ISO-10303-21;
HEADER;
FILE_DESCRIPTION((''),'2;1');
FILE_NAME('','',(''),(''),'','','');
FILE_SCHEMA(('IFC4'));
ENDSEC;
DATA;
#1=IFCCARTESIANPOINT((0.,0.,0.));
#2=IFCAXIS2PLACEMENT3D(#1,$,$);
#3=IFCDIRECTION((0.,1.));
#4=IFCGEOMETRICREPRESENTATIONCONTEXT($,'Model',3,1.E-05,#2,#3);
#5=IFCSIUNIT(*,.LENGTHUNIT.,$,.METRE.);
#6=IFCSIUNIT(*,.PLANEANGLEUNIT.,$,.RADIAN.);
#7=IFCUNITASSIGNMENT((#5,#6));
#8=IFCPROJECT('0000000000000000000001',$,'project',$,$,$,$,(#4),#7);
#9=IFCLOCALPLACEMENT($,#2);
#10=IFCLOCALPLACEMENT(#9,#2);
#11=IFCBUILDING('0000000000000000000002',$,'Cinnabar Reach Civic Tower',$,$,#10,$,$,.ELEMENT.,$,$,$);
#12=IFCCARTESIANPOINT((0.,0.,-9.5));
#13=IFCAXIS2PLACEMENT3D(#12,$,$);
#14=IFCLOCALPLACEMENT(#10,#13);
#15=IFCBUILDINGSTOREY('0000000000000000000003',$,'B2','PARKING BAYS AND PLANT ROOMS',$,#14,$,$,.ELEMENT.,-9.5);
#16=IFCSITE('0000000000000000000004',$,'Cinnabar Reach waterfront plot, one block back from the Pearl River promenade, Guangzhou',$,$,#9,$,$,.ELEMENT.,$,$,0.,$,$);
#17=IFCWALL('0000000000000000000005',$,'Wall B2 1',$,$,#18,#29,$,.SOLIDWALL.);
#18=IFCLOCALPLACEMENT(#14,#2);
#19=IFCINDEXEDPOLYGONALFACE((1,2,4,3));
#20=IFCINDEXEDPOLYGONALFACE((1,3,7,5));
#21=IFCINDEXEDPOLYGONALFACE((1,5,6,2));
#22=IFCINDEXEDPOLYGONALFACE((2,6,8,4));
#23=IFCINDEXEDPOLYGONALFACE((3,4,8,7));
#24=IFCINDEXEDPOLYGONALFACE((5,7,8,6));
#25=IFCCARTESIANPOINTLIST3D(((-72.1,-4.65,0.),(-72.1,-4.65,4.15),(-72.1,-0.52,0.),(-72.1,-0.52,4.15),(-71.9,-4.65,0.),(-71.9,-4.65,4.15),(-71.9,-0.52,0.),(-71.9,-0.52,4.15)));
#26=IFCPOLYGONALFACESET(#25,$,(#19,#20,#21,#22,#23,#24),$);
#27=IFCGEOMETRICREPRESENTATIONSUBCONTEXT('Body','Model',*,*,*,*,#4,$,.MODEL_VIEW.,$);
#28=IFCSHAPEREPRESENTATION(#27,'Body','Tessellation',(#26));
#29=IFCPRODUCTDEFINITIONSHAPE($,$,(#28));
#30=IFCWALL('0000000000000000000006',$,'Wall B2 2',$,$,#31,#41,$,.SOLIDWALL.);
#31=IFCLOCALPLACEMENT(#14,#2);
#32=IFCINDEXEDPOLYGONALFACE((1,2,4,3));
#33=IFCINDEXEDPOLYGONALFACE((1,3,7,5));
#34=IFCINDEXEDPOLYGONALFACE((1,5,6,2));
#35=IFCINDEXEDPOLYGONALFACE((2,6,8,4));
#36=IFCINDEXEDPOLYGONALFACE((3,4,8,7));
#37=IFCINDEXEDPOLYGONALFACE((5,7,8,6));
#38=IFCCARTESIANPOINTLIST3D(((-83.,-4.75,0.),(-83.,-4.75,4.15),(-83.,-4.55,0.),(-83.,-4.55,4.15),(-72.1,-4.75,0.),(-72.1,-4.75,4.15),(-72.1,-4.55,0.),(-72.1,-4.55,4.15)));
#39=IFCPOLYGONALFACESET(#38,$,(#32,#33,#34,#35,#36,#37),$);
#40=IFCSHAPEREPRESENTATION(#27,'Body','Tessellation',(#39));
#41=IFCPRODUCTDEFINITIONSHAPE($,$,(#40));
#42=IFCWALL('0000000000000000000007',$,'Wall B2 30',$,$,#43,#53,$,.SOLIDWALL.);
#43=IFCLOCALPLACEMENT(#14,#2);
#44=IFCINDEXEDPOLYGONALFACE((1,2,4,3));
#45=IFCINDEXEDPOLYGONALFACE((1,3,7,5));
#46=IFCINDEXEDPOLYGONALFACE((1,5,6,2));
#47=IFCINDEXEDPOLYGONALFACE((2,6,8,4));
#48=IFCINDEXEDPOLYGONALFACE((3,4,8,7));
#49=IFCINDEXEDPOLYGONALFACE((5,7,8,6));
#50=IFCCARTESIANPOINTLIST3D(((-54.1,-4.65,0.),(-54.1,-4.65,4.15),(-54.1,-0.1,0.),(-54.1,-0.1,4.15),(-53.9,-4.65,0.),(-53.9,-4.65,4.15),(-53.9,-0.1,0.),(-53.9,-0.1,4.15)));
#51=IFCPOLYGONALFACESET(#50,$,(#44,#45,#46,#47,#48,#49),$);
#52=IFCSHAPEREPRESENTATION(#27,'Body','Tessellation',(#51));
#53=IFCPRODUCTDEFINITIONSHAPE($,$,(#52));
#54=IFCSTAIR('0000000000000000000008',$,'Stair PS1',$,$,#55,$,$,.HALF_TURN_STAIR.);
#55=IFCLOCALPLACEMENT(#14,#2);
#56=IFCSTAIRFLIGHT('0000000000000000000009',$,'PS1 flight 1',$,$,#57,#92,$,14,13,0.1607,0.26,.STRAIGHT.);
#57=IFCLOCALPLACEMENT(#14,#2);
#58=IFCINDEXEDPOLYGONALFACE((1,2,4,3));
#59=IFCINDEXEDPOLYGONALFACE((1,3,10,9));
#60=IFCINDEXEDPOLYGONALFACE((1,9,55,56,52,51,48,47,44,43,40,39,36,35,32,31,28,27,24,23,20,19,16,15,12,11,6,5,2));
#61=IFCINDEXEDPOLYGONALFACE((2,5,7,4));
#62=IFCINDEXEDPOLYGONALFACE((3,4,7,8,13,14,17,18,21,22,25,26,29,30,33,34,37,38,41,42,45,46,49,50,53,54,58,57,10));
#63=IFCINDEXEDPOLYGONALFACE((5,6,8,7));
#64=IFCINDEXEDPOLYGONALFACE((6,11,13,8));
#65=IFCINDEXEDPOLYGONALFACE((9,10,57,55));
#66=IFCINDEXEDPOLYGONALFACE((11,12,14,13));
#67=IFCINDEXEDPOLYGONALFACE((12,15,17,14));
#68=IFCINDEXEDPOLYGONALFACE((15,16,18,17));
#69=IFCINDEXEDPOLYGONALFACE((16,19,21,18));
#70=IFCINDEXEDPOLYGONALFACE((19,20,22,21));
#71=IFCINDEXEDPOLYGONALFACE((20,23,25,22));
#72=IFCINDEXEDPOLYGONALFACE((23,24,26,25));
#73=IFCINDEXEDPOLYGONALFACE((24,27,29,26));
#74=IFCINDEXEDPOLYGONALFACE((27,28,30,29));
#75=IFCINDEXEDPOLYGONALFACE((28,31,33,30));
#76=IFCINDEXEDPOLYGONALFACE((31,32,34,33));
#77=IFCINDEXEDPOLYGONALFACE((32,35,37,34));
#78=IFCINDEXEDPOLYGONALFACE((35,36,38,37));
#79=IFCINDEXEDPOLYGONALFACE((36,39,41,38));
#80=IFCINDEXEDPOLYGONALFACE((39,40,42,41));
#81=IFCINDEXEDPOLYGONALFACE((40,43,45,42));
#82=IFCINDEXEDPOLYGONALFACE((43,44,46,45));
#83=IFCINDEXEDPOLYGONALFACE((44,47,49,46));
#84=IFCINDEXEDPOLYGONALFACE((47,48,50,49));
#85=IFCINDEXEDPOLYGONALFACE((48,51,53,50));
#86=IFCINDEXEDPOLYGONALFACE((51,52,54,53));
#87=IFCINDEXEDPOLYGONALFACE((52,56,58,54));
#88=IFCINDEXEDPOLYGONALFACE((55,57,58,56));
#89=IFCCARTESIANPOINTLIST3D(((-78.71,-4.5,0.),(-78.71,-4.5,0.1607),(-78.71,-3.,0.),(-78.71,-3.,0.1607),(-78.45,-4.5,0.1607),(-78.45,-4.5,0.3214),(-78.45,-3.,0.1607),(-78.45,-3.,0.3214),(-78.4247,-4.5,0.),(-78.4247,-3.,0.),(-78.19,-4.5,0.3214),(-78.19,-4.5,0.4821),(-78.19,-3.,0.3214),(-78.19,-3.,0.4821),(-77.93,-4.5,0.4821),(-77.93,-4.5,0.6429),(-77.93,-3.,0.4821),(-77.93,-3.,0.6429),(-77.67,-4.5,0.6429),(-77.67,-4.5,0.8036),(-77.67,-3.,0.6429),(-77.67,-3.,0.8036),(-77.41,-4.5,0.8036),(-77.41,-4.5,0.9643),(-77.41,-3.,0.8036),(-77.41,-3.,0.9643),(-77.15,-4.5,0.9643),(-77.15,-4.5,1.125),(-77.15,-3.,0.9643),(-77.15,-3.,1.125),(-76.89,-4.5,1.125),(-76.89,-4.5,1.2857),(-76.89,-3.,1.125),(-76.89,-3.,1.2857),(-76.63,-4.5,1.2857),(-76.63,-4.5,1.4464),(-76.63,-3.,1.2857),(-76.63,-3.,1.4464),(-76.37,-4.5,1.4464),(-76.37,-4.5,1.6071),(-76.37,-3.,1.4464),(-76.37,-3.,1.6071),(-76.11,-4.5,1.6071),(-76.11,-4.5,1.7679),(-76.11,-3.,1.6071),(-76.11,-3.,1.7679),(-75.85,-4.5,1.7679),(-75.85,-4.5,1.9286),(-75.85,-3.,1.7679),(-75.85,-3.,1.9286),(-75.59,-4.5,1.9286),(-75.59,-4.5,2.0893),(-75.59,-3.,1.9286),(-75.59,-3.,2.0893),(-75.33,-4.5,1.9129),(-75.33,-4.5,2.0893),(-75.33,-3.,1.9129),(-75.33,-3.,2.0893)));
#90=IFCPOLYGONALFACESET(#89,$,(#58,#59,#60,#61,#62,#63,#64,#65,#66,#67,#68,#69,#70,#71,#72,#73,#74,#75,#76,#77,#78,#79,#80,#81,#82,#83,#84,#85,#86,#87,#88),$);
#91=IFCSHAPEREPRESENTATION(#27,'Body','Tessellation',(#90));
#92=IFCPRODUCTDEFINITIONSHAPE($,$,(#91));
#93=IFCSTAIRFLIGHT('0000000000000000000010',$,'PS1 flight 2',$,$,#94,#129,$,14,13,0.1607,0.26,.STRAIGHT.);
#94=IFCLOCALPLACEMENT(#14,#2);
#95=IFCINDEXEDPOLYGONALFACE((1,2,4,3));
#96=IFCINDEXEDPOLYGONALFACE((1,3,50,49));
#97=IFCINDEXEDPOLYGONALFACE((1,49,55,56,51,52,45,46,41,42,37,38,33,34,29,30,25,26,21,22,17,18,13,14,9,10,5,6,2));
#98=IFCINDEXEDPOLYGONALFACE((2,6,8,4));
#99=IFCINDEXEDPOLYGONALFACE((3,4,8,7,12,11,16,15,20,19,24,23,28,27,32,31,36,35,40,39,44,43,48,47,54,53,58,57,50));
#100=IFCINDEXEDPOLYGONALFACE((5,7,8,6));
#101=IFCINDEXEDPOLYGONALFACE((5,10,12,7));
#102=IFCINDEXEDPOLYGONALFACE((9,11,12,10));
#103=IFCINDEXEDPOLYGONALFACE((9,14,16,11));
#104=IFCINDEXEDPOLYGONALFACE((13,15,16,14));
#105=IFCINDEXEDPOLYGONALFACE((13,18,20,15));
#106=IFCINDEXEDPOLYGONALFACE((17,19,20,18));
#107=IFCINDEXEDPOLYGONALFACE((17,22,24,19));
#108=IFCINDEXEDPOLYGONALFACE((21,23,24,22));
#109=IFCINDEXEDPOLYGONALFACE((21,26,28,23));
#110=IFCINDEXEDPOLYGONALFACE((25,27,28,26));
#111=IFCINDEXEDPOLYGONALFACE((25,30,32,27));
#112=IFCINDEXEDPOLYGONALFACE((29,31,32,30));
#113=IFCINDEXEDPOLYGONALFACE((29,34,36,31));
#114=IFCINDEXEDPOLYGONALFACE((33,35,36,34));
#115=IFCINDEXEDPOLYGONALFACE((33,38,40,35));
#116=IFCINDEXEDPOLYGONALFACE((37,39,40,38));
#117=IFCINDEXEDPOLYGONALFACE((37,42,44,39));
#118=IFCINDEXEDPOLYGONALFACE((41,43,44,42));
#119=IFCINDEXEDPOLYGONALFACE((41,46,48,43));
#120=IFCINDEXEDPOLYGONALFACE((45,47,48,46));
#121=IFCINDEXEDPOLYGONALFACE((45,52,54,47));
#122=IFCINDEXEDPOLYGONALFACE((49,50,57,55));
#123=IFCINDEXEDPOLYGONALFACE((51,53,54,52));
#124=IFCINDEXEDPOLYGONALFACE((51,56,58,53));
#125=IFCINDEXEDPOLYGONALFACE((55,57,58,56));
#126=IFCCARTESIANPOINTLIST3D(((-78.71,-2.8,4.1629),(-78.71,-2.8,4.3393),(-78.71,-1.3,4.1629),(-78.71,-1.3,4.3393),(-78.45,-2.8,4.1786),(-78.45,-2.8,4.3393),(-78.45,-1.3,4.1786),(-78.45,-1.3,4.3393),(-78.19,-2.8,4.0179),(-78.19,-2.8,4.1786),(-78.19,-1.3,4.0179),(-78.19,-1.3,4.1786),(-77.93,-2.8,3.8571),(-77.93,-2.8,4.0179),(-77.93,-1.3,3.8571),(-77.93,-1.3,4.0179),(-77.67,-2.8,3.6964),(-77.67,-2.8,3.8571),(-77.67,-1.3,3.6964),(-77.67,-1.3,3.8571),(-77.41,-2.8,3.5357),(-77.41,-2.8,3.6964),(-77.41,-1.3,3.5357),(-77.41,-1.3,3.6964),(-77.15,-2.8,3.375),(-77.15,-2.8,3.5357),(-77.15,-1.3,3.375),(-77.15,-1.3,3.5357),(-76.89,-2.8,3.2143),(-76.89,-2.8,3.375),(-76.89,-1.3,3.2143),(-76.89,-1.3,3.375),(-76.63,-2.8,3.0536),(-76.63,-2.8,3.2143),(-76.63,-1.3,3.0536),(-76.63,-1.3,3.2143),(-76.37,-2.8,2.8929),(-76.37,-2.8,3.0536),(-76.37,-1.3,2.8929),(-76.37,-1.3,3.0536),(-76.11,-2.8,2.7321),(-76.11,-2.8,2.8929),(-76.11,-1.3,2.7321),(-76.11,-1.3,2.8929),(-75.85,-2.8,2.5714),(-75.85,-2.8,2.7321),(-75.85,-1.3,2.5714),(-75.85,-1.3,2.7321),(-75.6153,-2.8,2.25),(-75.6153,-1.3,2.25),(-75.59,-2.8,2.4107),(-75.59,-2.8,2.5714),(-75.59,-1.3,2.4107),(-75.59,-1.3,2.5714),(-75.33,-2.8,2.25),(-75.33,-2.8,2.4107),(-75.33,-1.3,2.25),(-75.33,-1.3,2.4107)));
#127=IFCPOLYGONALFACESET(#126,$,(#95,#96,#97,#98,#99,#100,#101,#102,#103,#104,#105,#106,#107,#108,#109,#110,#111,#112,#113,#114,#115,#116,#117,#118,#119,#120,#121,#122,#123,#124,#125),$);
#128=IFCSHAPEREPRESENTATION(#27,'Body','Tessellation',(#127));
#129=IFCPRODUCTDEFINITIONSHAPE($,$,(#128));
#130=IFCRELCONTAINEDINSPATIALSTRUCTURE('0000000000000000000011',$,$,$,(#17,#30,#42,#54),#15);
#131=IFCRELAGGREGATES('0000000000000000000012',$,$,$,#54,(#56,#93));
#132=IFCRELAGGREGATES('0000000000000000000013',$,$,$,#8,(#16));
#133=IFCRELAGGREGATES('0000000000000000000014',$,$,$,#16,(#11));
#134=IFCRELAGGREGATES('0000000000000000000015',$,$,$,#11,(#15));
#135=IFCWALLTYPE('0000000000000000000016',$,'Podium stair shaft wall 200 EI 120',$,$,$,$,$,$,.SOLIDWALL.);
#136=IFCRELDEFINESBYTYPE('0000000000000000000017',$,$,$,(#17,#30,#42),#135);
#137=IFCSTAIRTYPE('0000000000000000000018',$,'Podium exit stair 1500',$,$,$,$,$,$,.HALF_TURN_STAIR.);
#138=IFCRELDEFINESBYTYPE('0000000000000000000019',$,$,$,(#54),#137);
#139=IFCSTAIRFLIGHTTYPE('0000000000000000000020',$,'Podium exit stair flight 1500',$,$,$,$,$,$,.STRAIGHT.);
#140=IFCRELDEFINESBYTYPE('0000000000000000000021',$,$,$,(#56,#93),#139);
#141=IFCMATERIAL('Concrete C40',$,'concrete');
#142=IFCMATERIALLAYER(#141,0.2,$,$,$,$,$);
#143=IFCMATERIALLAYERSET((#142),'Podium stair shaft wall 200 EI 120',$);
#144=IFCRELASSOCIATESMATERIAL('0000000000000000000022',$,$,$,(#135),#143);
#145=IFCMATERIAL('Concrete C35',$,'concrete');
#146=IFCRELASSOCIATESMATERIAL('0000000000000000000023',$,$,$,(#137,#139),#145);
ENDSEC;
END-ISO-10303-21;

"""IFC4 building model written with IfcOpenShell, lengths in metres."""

from ifc_helpers import new_model, si_unit, direction, frame, frame_2d, origin, place, context, subcontext, project, spatial, polyline, rectangle, outline, extrude, material, layer, layer_set, type_object, element, aggregate, save


model = new_model("IFC4")

# Units and contexts
model_context = context("Model", 3, precision=1e-05, world=origin(), true_north=direction((0.0, 1.0)))
body_context = subcontext(model_context, "Body", "Model", "MODEL_VIEW")
ifc_project = project(units=[si_unit("LENGTHUNIT", "METRE"), si_unit("PLANEANGLEUNIT", "RADIAN")], contexts=[model_context])

# Site, building, storey
site_placement = place(None, origin())
site = spatial("IfcSite", under=ifc_project, at=site_placement, Name="Cinnabar Reach waterfront plot, one block back from the Pearl River promenade, Guangzhou", CompositionType="ELEMENT", RefElevation=0.0)
building_placement = place(site_placement, origin())
building = spatial("IfcBuilding", under=site, at=building_placement, Name="Cinnabar Reach Civic Tower", CompositionType="ELEMENT")
storey_placement = place(building_placement, frame((0.0, 0.0, -9.5)))
storey = spatial("IfcBuildingStorey", under=building, at=storey_placement, Name="B2", Description="PARKING BAYS AND PLANT ROOMS", CompositionType="ELEMENT", Elevation=-9.5)

# Walls
ifc_material_1 = material(Name="Concrete C40", Category="concrete")
ifc_layer_1 = layer(ifc_material_1, 0.2)
ifc_layer_set_1 = layer_set([ifc_layer_1], Name="Podium stair shaft wall 200 EI 120")
wall_type_1 = type_object("IfcWallType", Name="Podium stair shaft wall 200 EI 120", PredefinedType="SOLIDWALL", material=ifc_layer_set_1)
wall_1_placement = place(storey_placement, frame((-72.0, -4.65, 0.0), z_axis=(0.0, 0.0, 1.0), x_axis=(0.0, 1.0, 0.0)))
element("IfcWall", 1, at=wall_1_placement, inside=storey, type_object=wall_type_1, Name="Wall B2 1", PredefinedType="SOLIDWALL", context=body_context, shape_type="SweptSolid", body=[
    extrude(rectangle(XDim=4.13, YDim=0.2, at=frame_2d((2.065, 0.0))), origin(), (0.0, 0.0, 1.0), 4.15),
])
wall_2_placement = place(storey_placement, frame((-83.0, -4.65, 0.0), z_axis=(0.0, 0.0, 1.0), x_axis=(1.0, 0.0, 0.0)))
element("IfcWall", 2, at=wall_2_placement, inside=storey, type_object=wall_type_1, Name="Wall B2 2", PredefinedType="SOLIDWALL", context=body_context, shape_type="SweptSolid", body=[
    extrude(rectangle(XDim=10.9, YDim=0.2, at=frame_2d((5.45, 0.0))), origin(), (0.0, 0.0, 1.0), 4.15),
])
wall_3_placement = place(storey_placement, frame((-54.0, -4.65, 0.0), z_axis=(0.0, 0.0, 1.0), x_axis=(0.0, 1.0, 0.0)))
element("IfcWall", 3, at=wall_3_placement, inside=storey, type_object=wall_type_1, Name="Wall B2 30", PredefinedType="SOLIDWALL", context=body_context, shape_type="SweptSolid", body=[
    extrude(rectangle(XDim=4.55, YDim=0.2, at=frame_2d((2.275, 0.0))), origin(), (0.0, 0.0, 1.0), 4.15),
])

# Stair, stair flights
ifc_material_2 = material(Name="Concrete C35", Category="concrete")
stair_type = type_object("IfcStairType", Name="Podium exit stair 1500", PredefinedType="HALF_TURN_STAIR", material=ifc_material_2)
stair_placement = place(storey_placement, origin())
stair = element("IfcStair", 4, at=stair_placement, inside=storey, type_object=stair_type, Name="Stair PS1", PredefinedType="HALF_TURN_STAIR")
stair_flight_type = type_object("IfcStairFlightType", Name="Podium exit stair flight 1500", PredefinedType="STRAIGHT", material=ifc_material_2)
stair_flight_1_placement = place(storey_placement, frame((-78.71, -3.75, 0.0), z_axis=(0.0, 0.0, 1.0), x_axis=(1.0, 0.0, 0.0)))
stair_flight_1 = element("IfcStairFlight", 5, at=stair_flight_1_placement, type_object=stair_flight_type, Name="PS1 flight 1", NumberOfRisers=14, NumberOfTreads=13, PredefinedType="STRAIGHT", RiserHeight=0.1607, TreadLength=0.26, context=body_context, shape_type="SweptSolid", body=[
    extrude(outline(polyline([(0.0, 0.0), (0.0, 0.1607), (0.26, 0.1607), (0.26, 0.3214), (0.52, 0.3214), (0.52, 0.4821), (0.78, 0.4821), (0.78, 0.6429), (1.04, 0.6429), (1.04, 0.8036), (1.3, 0.8036), (1.3, 0.9643), (1.56, 0.9643), (1.56, 1.125), (1.82, 1.125), (1.82, 1.2857), (2.08, 1.2857), (2.08, 1.4464), (2.34, 1.4464), (2.34, 1.6071), (2.6, 1.6071), (2.6, 1.7679), (2.86, 1.7679), (2.86, 1.9286), (3.12, 1.9286), (3.12, 2.0893), (3.38, 2.0893), (3.38, 2.25), (3.38, 1.9129), (0.2853, 0.0), (0.0, 0.0)])), frame((0.0, 0.75, 0.0), z_axis=(0.0, -1.0, 0.0), x_axis=(1.0, 0.0, 0.0)), (0.0, 0.0, 1.0), 1.5),
])
stair_flight_2_placement = place(storey_placement, frame((-75.33, -2.05, 2.25), z_axis=(0.0, 0.0, 1.0), x_axis=(-1.0, 0.0, 0.0)))
stair_flight_2 = element("IfcStairFlight", 6, at=stair_flight_2_placement, type_object=stair_flight_type, Name="PS1 flight 2", NumberOfRisers=14, NumberOfTreads=13, PredefinedType="STRAIGHT", RiserHeight=0.1607, TreadLength=0.26, context=body_context, shape_type="SweptSolid", body=[
    extrude(outline(polyline([(0.0, 0.0), (0.0, 0.1607), (0.26, 0.1607), (0.26, 0.3214), (0.52, 0.3214), (0.52, 0.4821), (0.78, 0.4821), (0.78, 0.6429), (1.04, 0.6429), (1.04, 0.8036), (1.3, 0.8036), (1.3, 0.9643), (1.56, 0.9643), (1.56, 1.125), (1.82, 1.125), (1.82, 1.2857), (2.08, 1.2857), (2.08, 1.4464), (2.34, 1.4464), (2.34, 1.6071), (2.6, 1.6071), (2.6, 1.7679), (2.86, 1.7679), (2.86, 1.9286), (3.12, 1.9286), (3.12, 2.0893), (3.38, 2.0893), (3.38, 2.25), (3.38, 1.9129), (0.2853, 0.0), (0.0, 0.0)])), frame((0.0, 0.75, 0.0), z_axis=(0.0, -1.0, 0.0), x_axis=(1.0, 0.0, 0.0)), (0.0, 0.0, 1.0), 1.5),
])
aggregate(stair, [stair_flight_1, stair_flight_2])

save(model, "model.ifc")
